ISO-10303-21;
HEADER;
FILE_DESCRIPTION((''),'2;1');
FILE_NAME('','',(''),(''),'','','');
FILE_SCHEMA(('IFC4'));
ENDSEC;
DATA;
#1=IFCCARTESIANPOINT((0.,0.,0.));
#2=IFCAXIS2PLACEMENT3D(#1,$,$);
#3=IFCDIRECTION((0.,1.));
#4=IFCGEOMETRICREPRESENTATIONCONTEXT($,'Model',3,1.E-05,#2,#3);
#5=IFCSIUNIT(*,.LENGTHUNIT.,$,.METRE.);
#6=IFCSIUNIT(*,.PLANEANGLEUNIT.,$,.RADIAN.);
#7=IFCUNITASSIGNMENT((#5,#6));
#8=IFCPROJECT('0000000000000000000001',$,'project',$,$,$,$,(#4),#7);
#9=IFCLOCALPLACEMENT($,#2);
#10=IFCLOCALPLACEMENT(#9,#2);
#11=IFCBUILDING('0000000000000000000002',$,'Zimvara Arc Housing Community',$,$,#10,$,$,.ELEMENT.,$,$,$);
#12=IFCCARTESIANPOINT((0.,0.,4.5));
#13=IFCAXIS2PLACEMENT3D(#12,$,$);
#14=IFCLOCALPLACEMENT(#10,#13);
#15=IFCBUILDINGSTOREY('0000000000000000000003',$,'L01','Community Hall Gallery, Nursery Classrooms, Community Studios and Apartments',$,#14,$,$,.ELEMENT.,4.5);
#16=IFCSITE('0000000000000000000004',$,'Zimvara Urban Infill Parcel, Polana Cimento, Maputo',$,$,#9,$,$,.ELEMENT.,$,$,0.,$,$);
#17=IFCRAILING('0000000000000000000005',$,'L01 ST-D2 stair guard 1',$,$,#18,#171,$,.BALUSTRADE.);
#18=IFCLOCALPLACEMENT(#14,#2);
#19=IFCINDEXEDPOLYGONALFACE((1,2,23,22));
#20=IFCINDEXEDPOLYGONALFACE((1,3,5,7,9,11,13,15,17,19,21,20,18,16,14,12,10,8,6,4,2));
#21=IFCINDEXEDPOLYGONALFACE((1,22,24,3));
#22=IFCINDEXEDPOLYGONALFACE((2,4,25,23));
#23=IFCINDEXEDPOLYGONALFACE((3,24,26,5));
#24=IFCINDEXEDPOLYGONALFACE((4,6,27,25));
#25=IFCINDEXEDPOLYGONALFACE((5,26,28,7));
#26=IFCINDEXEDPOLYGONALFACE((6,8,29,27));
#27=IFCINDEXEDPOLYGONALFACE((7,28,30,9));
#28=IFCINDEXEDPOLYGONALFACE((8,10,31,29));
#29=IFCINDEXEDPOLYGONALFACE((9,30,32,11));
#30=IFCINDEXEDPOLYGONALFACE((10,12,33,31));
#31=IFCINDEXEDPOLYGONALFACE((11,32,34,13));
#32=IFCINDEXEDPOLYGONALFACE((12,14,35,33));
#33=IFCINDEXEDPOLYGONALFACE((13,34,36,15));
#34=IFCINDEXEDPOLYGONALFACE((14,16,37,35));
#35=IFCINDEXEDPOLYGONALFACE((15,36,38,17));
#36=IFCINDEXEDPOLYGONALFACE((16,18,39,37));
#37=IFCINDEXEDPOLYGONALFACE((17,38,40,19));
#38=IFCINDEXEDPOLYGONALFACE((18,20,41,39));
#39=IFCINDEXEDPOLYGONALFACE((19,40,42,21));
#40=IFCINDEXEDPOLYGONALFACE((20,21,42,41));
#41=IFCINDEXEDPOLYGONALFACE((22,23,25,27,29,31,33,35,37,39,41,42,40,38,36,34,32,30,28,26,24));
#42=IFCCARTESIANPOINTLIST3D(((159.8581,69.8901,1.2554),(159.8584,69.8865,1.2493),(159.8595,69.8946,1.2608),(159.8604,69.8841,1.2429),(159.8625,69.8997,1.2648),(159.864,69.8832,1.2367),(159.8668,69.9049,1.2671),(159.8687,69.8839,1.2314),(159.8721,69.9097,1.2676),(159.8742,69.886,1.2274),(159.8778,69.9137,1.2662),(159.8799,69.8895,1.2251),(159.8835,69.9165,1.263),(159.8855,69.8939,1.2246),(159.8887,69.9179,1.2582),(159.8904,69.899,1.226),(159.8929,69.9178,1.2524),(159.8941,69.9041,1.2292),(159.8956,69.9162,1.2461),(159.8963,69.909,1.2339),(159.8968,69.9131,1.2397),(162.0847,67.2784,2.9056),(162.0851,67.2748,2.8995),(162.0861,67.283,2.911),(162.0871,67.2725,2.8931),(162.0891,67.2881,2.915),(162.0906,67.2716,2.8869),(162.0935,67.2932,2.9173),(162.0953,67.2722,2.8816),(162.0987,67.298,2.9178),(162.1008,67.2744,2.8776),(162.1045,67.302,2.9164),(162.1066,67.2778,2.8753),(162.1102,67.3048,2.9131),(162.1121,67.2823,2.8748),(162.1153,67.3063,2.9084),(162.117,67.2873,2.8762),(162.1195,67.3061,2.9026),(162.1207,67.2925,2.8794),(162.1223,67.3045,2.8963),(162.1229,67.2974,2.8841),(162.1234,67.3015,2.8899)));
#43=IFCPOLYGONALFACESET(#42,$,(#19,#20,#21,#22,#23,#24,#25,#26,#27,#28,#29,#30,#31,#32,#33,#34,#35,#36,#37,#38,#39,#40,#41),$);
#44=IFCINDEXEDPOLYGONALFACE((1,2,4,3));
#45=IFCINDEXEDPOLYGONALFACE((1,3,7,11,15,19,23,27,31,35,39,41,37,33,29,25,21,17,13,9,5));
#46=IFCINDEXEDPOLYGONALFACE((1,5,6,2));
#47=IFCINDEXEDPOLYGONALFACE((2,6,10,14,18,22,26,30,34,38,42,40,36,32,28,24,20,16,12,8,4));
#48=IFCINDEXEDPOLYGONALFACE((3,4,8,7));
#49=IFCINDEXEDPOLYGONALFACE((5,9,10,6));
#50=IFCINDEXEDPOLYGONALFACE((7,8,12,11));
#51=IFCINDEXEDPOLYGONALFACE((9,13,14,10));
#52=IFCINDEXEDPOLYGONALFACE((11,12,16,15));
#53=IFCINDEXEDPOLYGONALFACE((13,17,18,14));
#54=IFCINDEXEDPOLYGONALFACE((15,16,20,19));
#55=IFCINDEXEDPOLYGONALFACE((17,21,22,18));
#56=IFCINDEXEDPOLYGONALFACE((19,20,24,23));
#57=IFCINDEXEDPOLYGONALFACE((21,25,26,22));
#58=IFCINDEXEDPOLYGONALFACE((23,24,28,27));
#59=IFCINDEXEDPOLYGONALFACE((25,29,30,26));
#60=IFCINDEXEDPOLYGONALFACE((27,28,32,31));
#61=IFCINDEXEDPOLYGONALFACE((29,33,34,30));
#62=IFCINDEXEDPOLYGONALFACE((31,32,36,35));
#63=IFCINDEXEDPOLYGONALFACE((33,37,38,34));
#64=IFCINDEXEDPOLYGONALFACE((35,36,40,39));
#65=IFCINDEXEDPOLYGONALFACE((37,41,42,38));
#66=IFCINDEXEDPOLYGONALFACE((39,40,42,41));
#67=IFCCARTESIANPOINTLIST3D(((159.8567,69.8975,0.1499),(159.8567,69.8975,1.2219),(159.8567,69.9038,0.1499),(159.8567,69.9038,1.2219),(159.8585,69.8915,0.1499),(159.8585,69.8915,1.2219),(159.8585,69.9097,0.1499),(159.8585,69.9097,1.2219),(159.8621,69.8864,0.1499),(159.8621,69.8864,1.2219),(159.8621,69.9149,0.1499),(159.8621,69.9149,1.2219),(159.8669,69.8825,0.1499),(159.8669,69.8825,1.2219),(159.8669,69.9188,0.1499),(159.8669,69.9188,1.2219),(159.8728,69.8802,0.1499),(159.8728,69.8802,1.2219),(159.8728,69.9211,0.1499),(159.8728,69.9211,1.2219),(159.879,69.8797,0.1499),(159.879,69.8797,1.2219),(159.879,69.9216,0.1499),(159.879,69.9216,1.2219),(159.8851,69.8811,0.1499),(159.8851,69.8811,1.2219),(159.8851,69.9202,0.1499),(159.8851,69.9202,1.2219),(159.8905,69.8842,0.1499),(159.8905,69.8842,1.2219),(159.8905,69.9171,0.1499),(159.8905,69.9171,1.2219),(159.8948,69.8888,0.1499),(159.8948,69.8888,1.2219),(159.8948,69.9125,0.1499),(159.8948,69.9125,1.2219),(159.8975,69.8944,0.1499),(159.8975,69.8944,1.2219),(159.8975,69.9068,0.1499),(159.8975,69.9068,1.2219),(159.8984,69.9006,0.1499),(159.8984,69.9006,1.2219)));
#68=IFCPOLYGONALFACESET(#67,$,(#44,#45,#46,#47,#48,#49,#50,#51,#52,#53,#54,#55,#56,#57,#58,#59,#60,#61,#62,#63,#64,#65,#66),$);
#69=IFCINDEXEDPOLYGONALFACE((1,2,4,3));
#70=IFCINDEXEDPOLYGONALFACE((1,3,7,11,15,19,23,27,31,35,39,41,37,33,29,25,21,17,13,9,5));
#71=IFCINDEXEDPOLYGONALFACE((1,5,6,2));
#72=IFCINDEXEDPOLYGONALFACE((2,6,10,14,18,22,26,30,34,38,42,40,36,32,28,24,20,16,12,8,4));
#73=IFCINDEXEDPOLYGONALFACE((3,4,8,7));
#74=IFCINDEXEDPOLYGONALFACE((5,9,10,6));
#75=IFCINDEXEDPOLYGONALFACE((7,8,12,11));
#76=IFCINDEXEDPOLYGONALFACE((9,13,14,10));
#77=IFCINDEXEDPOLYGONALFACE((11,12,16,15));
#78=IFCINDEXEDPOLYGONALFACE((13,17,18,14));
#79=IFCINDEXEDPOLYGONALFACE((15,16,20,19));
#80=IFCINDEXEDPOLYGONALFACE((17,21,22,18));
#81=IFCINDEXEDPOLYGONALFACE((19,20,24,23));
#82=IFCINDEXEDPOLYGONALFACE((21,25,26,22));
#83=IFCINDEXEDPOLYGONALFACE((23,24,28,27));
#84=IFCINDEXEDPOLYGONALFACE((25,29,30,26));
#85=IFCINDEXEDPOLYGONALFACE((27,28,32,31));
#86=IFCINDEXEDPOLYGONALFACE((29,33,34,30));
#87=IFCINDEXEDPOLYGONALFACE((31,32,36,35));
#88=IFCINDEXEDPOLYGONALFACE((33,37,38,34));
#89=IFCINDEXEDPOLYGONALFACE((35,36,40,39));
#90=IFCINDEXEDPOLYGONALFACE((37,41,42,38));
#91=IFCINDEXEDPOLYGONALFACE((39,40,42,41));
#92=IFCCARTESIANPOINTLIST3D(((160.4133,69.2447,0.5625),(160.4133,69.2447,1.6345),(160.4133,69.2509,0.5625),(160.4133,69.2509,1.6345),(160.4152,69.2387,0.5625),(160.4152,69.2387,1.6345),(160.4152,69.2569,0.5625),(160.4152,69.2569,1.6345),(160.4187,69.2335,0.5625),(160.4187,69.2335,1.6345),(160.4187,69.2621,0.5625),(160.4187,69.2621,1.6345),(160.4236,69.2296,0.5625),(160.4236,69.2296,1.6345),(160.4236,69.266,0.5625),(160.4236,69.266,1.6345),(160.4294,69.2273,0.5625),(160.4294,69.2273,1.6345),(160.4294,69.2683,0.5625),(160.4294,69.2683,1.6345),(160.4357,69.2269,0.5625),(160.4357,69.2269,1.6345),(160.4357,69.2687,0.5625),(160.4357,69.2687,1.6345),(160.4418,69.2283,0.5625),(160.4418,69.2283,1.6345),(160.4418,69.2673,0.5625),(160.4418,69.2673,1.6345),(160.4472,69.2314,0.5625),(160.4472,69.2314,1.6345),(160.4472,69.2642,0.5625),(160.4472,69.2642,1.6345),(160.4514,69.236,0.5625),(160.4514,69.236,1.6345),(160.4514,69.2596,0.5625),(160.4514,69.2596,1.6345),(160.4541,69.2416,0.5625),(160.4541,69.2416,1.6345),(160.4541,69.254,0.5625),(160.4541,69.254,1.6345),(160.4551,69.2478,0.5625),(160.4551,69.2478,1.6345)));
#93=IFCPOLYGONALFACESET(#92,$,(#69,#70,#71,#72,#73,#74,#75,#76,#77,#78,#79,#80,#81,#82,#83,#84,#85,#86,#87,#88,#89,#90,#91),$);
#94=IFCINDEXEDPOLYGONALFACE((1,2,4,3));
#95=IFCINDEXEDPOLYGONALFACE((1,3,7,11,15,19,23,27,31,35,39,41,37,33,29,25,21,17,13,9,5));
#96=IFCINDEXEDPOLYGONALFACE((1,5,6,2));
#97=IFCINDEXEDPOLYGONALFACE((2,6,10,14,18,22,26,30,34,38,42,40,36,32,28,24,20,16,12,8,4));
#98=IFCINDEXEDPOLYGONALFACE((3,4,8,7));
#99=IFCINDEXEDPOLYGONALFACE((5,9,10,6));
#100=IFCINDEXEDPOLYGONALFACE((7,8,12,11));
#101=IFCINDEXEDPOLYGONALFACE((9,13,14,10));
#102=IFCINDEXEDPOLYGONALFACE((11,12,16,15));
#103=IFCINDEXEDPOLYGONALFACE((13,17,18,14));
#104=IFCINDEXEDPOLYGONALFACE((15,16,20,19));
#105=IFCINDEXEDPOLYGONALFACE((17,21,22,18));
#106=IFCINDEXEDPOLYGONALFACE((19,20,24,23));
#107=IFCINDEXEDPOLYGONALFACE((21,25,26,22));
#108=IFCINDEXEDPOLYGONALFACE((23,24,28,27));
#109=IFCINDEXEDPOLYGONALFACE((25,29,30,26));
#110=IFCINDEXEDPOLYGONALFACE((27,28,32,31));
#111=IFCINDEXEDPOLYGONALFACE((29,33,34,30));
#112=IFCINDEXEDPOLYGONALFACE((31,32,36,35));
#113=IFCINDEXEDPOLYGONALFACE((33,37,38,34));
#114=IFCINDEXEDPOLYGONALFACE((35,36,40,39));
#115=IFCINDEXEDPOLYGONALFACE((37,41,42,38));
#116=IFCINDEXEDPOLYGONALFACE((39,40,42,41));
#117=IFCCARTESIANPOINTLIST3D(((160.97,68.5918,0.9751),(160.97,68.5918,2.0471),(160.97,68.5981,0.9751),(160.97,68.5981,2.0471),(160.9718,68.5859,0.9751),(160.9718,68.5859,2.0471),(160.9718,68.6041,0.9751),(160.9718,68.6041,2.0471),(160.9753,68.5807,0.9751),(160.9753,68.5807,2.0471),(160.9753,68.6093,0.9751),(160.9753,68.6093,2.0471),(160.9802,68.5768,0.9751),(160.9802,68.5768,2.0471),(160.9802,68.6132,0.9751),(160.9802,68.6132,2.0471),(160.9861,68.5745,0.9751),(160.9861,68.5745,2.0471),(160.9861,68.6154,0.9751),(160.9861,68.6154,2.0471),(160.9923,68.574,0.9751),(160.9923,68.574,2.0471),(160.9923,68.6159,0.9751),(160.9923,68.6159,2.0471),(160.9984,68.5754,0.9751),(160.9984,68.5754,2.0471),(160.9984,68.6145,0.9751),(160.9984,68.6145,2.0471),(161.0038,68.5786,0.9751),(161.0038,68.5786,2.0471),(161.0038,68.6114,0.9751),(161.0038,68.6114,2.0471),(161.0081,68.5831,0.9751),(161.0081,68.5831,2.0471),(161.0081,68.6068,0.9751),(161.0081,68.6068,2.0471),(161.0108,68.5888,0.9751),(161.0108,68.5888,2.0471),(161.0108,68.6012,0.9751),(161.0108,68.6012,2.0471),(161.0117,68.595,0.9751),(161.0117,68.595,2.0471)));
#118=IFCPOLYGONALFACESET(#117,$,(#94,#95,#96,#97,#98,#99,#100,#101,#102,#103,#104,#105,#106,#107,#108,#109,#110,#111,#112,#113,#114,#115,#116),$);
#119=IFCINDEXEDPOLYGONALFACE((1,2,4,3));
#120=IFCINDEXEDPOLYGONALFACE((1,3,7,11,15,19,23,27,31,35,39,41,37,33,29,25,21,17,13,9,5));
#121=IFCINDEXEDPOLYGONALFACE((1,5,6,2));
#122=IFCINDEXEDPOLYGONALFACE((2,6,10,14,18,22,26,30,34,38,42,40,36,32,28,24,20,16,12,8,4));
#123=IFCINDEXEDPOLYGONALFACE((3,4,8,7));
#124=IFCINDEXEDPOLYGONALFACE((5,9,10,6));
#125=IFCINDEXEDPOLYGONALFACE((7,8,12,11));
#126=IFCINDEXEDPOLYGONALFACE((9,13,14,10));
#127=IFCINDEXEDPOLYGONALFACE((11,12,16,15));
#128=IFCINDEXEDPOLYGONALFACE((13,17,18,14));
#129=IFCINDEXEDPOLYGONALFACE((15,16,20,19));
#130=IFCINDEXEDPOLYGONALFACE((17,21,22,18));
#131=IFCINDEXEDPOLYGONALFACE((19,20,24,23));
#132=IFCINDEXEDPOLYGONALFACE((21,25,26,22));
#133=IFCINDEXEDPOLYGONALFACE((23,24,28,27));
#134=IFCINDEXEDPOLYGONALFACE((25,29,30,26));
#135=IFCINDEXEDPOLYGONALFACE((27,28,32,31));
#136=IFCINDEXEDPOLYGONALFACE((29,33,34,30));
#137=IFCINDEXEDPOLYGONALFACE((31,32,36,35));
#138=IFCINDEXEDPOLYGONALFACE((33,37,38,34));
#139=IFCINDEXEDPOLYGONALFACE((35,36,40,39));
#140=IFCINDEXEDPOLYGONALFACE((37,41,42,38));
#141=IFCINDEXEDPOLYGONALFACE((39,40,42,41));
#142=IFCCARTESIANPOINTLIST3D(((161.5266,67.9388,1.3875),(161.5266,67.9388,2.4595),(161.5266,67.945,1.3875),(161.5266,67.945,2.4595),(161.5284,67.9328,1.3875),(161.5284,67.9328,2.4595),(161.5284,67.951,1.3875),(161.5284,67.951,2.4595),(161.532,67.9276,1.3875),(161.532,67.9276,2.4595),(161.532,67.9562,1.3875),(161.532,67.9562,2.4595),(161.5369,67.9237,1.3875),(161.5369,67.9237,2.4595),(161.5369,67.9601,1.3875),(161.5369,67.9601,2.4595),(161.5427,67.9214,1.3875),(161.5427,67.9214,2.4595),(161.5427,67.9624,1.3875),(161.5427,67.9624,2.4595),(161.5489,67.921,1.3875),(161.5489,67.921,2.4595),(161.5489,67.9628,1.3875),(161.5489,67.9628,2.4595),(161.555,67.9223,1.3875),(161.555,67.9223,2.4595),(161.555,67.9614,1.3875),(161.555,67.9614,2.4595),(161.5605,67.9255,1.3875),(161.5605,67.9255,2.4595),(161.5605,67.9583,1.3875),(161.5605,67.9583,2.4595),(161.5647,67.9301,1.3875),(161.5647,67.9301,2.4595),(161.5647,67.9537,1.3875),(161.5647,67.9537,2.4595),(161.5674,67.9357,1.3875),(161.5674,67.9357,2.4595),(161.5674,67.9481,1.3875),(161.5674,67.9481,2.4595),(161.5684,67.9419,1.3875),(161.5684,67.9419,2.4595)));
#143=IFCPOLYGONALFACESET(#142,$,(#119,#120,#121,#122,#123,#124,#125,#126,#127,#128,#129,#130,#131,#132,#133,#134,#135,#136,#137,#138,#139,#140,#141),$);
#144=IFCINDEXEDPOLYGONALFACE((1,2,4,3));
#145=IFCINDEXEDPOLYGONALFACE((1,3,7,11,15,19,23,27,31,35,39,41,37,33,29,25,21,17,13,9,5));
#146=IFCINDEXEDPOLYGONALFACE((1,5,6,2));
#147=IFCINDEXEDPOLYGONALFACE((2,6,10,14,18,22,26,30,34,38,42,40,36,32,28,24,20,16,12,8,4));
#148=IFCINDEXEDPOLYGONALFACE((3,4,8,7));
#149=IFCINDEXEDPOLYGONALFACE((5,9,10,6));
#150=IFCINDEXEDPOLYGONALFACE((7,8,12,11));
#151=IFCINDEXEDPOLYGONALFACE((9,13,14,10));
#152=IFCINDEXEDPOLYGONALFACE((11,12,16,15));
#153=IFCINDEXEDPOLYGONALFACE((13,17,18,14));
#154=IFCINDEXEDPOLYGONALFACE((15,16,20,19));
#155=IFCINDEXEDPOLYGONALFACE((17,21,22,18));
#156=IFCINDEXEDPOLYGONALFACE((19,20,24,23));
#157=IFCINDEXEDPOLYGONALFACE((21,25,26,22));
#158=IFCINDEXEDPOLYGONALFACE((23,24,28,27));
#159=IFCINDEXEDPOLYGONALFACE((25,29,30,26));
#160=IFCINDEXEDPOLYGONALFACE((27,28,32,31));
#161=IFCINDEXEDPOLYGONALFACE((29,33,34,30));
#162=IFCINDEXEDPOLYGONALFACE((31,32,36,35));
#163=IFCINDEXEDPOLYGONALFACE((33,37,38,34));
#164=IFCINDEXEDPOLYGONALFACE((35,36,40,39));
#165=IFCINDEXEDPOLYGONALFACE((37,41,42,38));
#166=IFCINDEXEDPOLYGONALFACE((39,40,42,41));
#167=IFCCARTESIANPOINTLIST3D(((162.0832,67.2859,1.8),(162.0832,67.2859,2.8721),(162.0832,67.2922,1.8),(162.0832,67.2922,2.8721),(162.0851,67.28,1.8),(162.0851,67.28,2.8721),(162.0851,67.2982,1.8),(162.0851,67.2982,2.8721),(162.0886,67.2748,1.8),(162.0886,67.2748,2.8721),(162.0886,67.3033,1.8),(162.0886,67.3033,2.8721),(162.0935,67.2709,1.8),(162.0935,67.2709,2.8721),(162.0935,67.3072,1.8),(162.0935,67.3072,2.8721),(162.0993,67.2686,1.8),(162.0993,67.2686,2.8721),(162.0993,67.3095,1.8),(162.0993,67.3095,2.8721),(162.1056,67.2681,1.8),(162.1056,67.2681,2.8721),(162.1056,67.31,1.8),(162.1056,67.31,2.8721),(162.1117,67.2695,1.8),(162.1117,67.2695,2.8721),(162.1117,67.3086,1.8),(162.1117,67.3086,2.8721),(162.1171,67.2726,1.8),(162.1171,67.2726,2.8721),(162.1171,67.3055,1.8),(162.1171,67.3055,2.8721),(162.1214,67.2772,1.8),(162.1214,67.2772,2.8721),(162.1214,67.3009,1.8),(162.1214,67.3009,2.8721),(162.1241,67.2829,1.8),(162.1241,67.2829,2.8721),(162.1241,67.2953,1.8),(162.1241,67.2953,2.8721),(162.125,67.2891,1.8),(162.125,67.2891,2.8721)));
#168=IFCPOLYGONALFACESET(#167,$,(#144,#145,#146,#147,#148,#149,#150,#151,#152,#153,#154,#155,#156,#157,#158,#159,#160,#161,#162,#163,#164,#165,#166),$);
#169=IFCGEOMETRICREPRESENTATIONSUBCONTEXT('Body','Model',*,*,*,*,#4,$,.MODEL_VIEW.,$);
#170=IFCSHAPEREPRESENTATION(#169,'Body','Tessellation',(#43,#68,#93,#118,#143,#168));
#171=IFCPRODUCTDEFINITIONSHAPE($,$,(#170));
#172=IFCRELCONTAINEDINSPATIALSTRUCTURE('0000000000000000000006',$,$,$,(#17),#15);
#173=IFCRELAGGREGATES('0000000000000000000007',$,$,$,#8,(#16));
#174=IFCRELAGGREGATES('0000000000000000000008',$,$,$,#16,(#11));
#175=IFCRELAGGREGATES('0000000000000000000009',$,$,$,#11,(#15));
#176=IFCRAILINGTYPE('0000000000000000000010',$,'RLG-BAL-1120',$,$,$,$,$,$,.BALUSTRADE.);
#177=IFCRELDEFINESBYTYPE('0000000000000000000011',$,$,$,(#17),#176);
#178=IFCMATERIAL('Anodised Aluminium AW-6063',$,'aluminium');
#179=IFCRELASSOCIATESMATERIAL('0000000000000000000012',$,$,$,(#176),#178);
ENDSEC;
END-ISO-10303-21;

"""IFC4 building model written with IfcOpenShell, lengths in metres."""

from ifc_helpers import new_model, si_unit, direction, frame, origin, origin_2d, place, context, subcontext, project, spatial, circle, extrude, material, type_object, element, save


model = new_model("IFC4")

# Units and contexts
model_context = context("Model", 3, precision=1e-05, world=origin(), true_north=direction((0.0, 1.0)))
body_context = subcontext(model_context, "Body", "Model", "MODEL_VIEW")
ifc_project = project(units=[si_unit("LENGTHUNIT", "METRE"), si_unit("PLANEANGLEUNIT", "RADIAN")], contexts=[model_context])

# Site, building, storey
site_placement = place(None, origin())
site = spatial("IfcSite", under=ifc_project, at=site_placement, Name="Zimvara Urban Infill Parcel, Polana Cimento, Maputo", CompositionType="ELEMENT", RefElevation=0.0)
building_placement = place(site_placement, origin())
building = spatial("IfcBuilding", under=site, at=building_placement, Name="Zimvara Arc Housing Community", CompositionType="ELEMENT")
storey_placement = place(building_placement, frame((0.0, 0.0, 4.5)))
storey = spatial("IfcBuildingStorey", under=building, at=storey_placement, Name="L01", Description="Community Hall Gallery, Nursery Classrooms, Community Studios and Apartments", CompositionType="ELEMENT", Elevation=4.5)

# Railing
ifc_material_1 = material(Name="Anodised Aluminium AW-6063", Category="aluminium")
railing_type_1 = type_object("IfcRailingType", Name="RLG-BAL-1120", PredefinedType="BALUSTRADE", material=ifc_material_1)
railing_1_placement = place(storey_placement, frame((159.8774, 69.9006, 0.1499)))
element("IfcRailing", 1, at=railing_1_placement, inside=storey, type_object=railing_type_1, Name="L01 ST-D2 stair guard 1", PredefinedType="BALUSTRADE", context=body_context, shape_type="SweptSolid", body=[
    extrude(circle(Radius=0.0239, at=origin_2d()), frame((0.0, 0.0, 1.0962), z_axis=(0.584706, -0.685812, 0.433337), x_axis=(0.760971, 0.648786, 0.0)), (0.0, 0.0, 1.0), 3.8081),
    extrude(circle(Radius=0.021, at=origin_2d()), origin(), (0.0, 0.0, 1.0), 1.072),
    extrude(circle(Radius=0.021, at=origin_2d()), frame((0.5566, -0.6528, 0.4126)), (0.0, 0.0, 1.0), 1.072),
    extrude(circle(Radius=0.021, at=origin_2d()), frame((1.1133, -1.3057, 0.8252)), (0.0, 0.0, 1.0), 1.072),
    extrude(circle(Radius=0.021, at=origin_2d()), frame((1.6699, -1.9587, 1.2375)), (0.0, 0.0, 1.0), 1.072),
    extrude(circle(Radius=0.021, at=origin_2d()), frame((2.2266, -2.6116, 1.6501)), (0.0, 0.0, 1.0), 1.072),
])

save(model, "model.ifc")
